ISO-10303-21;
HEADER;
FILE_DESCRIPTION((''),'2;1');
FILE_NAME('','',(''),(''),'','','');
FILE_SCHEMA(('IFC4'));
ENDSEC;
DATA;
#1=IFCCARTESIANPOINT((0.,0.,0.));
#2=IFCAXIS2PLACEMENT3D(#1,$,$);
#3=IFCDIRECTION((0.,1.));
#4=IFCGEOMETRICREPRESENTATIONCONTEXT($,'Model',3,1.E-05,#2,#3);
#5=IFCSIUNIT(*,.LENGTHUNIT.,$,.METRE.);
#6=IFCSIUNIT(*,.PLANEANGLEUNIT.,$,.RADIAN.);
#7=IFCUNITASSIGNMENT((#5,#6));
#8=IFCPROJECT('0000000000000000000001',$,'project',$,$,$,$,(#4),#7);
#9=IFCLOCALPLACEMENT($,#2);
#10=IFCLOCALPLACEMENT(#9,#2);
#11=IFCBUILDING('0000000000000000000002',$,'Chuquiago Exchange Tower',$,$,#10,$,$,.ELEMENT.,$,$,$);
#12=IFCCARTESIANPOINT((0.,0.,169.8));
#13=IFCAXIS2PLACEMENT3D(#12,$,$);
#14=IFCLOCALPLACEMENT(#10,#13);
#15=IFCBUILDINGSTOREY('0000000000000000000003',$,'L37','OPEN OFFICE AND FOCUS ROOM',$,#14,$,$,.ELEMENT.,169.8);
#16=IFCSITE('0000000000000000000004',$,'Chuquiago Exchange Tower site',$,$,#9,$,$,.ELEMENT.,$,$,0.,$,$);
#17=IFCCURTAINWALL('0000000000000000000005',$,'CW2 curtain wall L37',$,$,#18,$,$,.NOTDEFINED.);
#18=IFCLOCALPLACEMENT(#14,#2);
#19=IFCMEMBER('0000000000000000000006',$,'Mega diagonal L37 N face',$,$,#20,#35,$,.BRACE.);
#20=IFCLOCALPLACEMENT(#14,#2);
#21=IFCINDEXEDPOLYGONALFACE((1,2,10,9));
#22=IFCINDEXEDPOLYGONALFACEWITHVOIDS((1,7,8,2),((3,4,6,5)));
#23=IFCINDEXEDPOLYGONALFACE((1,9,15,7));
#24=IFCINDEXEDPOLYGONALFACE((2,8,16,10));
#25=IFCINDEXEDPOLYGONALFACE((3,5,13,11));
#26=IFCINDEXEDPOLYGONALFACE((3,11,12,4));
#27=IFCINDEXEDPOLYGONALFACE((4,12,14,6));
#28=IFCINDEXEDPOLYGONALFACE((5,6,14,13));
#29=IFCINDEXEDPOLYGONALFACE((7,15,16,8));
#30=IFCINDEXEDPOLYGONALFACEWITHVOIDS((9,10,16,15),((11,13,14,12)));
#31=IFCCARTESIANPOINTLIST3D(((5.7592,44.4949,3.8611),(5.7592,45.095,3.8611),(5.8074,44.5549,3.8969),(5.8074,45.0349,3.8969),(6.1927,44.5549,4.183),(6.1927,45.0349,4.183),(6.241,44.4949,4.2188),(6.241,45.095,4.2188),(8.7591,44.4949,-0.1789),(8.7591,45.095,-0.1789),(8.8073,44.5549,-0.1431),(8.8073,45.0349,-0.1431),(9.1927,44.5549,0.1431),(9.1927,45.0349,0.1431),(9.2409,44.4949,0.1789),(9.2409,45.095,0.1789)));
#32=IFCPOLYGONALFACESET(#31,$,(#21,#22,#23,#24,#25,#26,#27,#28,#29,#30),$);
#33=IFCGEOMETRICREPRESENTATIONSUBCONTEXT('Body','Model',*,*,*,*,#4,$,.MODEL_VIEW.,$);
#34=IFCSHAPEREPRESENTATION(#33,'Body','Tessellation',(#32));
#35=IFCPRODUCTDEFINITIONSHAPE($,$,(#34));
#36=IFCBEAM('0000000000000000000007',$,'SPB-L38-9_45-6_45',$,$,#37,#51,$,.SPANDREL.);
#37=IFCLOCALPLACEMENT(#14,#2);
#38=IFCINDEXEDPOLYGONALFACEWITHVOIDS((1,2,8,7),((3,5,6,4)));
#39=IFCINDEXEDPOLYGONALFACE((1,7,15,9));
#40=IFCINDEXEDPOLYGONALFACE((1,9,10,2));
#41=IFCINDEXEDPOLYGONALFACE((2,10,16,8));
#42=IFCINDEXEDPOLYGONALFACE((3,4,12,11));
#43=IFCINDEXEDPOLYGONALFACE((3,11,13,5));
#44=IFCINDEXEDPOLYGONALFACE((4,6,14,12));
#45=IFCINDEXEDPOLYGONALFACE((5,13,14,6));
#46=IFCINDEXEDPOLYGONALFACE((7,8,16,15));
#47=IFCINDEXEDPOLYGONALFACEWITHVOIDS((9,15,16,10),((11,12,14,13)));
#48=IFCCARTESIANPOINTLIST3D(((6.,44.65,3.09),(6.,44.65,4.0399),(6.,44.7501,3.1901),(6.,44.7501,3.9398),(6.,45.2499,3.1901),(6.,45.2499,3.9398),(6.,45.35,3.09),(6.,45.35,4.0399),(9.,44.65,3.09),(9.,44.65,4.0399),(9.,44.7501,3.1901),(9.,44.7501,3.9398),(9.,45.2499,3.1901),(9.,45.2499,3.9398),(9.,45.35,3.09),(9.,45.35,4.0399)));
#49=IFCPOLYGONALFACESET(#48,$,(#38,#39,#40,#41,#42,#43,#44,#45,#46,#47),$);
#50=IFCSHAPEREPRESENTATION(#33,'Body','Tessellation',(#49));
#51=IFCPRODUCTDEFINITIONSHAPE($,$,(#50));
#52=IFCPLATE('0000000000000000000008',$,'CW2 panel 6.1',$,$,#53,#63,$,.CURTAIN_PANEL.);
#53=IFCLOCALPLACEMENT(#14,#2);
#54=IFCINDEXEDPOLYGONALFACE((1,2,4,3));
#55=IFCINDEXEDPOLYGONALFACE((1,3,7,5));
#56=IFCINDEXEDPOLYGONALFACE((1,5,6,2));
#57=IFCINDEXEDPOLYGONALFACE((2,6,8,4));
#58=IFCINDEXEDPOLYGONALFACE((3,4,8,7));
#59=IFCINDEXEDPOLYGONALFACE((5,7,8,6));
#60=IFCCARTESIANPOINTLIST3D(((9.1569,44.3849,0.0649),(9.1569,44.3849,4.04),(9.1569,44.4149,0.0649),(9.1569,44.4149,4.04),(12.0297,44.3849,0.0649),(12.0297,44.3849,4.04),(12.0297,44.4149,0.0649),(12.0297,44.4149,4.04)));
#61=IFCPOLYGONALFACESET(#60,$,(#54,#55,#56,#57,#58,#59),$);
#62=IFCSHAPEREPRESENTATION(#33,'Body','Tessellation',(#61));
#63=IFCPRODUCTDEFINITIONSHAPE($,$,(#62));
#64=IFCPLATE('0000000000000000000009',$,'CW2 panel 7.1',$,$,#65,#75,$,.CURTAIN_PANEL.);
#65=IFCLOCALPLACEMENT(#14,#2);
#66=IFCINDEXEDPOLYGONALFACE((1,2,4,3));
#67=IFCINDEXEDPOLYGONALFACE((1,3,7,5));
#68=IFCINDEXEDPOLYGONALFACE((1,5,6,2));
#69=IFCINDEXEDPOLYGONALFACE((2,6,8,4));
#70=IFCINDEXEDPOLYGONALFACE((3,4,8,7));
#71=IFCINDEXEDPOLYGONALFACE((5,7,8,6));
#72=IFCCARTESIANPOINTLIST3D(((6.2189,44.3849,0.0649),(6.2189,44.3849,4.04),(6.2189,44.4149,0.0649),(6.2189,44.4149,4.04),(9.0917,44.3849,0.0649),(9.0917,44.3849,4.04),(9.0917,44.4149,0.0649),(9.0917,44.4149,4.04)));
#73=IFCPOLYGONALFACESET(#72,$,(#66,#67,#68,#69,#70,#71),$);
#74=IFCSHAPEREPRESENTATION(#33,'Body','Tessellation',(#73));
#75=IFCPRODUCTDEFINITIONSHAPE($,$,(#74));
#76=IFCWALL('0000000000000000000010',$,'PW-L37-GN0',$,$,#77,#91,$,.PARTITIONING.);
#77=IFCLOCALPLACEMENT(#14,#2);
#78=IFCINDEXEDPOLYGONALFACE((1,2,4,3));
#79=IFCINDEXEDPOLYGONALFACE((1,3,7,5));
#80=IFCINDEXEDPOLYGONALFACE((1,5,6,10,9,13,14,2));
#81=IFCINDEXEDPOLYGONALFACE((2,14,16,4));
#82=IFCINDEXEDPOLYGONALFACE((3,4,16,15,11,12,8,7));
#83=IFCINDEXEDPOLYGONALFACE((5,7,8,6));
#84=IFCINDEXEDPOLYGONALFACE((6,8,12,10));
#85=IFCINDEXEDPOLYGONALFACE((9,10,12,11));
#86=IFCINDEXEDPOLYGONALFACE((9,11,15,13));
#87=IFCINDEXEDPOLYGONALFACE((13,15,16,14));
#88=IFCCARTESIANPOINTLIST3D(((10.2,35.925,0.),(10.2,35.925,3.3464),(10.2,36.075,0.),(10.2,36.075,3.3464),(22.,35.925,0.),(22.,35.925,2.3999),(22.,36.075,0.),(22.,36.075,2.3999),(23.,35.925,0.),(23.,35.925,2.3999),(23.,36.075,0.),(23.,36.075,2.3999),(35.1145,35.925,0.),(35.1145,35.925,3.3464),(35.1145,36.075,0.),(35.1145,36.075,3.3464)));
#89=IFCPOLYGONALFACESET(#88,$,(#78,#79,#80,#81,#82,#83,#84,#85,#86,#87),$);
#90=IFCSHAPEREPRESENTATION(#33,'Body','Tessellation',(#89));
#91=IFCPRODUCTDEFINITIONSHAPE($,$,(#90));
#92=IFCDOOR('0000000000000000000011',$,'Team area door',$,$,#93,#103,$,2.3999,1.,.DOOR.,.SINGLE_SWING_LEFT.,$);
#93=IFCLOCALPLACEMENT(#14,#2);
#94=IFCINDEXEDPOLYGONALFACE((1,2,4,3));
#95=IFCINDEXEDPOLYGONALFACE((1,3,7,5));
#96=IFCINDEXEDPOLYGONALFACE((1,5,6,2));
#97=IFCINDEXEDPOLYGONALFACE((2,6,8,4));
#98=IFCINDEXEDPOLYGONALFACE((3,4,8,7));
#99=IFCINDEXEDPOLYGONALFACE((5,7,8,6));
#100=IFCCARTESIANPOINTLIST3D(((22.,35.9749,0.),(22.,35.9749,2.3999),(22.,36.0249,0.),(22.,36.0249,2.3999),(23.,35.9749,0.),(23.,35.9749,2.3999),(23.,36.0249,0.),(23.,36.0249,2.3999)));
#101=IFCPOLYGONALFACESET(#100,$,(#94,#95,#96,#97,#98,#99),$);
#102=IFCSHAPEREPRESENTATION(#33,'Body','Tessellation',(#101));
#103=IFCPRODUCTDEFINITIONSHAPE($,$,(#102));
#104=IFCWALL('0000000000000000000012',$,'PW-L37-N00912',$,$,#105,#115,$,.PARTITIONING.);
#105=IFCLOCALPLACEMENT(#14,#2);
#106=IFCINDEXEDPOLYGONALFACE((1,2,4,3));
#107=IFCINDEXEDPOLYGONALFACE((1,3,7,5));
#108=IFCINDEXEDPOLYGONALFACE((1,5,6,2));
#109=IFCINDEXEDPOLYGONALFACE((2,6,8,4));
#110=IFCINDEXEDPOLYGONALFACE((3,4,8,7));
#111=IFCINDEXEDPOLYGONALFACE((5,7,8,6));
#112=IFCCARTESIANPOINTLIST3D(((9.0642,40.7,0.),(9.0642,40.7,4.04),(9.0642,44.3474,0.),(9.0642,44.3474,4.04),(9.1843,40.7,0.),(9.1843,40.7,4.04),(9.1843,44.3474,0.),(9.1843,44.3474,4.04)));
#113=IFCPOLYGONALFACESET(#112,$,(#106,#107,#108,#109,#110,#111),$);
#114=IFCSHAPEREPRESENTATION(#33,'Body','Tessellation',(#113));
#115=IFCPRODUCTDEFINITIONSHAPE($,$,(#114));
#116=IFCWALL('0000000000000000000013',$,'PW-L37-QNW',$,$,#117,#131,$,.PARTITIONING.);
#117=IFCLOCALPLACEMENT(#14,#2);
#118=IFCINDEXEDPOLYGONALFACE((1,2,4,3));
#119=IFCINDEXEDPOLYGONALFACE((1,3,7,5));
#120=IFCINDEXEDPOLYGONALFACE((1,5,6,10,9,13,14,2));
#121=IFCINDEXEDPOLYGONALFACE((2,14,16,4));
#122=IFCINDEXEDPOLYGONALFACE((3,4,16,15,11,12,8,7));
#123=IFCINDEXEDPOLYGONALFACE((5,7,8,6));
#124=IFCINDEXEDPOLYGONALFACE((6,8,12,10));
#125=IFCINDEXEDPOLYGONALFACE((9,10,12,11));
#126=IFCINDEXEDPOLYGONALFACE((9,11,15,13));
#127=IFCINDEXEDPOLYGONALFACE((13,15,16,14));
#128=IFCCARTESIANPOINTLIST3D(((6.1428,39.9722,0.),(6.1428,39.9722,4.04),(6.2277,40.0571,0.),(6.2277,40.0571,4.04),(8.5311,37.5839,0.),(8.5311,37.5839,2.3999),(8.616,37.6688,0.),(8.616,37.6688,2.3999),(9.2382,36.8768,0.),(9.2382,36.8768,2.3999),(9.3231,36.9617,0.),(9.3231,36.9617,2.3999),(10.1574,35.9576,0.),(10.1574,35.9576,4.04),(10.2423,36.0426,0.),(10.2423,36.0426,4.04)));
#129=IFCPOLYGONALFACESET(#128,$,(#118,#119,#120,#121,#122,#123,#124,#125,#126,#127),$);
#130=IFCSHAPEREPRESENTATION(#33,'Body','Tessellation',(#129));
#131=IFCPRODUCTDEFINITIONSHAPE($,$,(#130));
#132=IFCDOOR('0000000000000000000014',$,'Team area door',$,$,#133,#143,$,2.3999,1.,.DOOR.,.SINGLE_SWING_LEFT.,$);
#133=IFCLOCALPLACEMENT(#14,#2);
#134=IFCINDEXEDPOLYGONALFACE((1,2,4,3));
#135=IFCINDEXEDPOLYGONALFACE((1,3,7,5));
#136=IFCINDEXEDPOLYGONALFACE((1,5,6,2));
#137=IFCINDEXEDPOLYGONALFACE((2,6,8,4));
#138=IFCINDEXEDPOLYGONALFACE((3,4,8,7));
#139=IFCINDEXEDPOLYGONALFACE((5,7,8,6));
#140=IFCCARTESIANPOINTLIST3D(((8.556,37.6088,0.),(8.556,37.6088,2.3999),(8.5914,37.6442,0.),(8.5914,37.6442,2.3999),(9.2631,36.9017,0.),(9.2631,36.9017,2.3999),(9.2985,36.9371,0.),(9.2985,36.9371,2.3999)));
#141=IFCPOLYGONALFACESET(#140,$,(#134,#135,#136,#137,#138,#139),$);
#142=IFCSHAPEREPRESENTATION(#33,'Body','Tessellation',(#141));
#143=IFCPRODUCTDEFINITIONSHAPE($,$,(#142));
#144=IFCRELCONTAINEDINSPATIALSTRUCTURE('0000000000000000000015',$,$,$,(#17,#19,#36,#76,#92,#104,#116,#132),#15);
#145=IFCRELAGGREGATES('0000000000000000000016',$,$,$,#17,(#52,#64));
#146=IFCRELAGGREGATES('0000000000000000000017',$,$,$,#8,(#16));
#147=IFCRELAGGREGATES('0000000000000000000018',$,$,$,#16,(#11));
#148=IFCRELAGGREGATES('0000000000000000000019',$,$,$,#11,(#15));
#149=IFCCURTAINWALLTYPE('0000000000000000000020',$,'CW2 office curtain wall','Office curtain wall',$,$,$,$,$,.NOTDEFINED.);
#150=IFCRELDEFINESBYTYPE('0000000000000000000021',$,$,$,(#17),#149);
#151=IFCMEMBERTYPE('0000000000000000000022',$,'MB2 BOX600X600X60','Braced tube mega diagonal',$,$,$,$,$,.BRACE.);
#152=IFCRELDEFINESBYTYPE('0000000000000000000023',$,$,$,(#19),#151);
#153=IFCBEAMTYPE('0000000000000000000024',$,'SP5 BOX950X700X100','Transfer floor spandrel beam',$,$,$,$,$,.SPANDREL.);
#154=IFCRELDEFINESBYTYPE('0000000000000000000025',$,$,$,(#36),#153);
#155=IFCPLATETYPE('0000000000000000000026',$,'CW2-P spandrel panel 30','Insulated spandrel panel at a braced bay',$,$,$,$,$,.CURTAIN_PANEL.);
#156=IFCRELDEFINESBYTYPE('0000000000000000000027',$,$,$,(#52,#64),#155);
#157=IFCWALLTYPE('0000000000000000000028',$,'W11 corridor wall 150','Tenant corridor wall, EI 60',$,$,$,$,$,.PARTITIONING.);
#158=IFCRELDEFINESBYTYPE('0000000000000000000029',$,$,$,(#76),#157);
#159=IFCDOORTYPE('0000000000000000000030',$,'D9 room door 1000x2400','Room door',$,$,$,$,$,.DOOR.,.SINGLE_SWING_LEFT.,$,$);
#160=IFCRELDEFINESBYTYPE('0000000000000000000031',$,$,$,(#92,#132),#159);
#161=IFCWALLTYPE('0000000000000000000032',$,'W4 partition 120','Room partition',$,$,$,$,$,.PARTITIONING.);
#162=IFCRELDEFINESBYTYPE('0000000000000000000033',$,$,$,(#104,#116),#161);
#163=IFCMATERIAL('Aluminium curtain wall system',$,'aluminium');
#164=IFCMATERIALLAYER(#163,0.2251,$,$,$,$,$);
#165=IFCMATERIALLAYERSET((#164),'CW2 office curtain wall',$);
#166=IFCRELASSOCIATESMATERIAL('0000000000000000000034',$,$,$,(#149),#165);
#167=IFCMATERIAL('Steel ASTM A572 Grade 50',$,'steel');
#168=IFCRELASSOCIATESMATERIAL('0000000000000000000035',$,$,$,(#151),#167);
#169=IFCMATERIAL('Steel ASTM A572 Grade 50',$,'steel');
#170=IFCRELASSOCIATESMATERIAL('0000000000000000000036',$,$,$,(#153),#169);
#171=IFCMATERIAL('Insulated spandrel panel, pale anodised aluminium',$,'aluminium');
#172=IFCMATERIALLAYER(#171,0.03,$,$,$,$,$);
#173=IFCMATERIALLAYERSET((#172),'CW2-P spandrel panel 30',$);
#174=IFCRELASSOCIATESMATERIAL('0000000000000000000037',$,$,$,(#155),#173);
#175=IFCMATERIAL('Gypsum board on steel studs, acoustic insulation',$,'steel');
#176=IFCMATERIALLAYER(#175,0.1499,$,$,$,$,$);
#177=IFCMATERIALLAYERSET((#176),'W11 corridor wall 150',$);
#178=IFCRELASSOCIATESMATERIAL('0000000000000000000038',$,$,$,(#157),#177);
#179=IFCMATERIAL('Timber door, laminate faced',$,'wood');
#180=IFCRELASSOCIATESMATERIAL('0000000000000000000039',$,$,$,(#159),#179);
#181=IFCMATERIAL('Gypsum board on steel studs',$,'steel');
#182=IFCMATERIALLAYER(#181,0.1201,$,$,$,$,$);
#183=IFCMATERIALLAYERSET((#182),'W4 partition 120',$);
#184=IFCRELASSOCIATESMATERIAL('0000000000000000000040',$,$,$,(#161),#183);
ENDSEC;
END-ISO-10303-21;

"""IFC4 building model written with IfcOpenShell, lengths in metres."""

from ifc_helpers import new_model, si_unit, direction, frame, frame_2d, origin, origin_2d, place, context, subcontext, project, spatial, rectangle, hollow_rectangle, extrude, material, layer, layer_set, material_profile, profile_set, type_object, element, fill, aggregate, save


model = new_model("IFC4")

# Units and contexts
model_context = context("Model", 3, precision=1e-05, world=origin(), true_north=direction((0.0, 1.0)))
body_context = subcontext(model_context, "Body", "Model", "MODEL_VIEW")
ifc_project = project(units=[si_unit("LENGTHUNIT", "METRE"), si_unit("PLANEANGLEUNIT", "RADIAN")], contexts=[model_context])

# Site, building, storey
site_placement = place(None, origin())
site = spatial("IfcSite", under=ifc_project, at=site_placement, Name="Chuquiago Exchange Tower site", CompositionType="ELEMENT", RefElevation=0.0)
building_placement = place(site_placement, origin())
building = spatial("IfcBuilding", under=site, at=building_placement, Name="Chuquiago Exchange Tower", CompositionType="ELEMENT")
storey_placement = place(building_placement, frame((0.0, 0.0, 169.8)))
storey = spatial("IfcBuildingStorey", under=building, at=storey_placement, Name="L37", Description="OPEN OFFICE AND FOCUS ROOM", CompositionType="ELEMENT", Elevation=169.8)

# Curtain wall
ifc_material_1 = material(Name="Aluminium curtain wall system", Category="aluminium")
ifc_layer_1 = layer(ifc_material_1, 0.2251)
ifc_layer_set_1 = layer_set([ifc_layer_1], Name="CW2 office curtain wall")
curtain_wall_type = type_object("IfcCurtainWallType", Name="CW2 office curtain wall", Description="Office curtain wall", PredefinedType="NOTDEFINED", material=ifc_layer_set_1)
curtain_wall_placement = place(storey_placement, origin())
curtain_wall = element("IfcCurtainWall", 1, at=curtain_wall_placement, inside=storey, type_object=curtain_wall_type, Name="CW2 curtain wall L37", PredefinedType="NOTDEFINED")

# Member
ifc_material_2 = material(Name="Steel ASTM A572 Grade 50", Category="steel")
ifc_material_profile_1 = material_profile(ifc_material_2, hollow_rectangle(XDim=0.6001, YDim=0.6001, WallThickness=0.0601, at=origin_2d()), Name="BOX600X600X60")
ifc_profile_set_1 = profile_set([ifc_material_profile_1], Name="Steel ASTM A572 Grade 50")
member_type_1 = type_object("IfcMemberType", Name="MB2 BOX600X600X60", Description="Braced tube mega diagonal", PredefinedType="BRACE", material=ifc_profile_set_1)
for number, where, z_axis, x_axis, name in (
    (2, (9.0, 44.7949, 0.0), (-0.596174, 0.0, 0.802855), (0.0, -1.0, 0.0), "Mega diagonal L37 N face"),
):
    element("IfcMember", number, at=place(storey_placement, frame(where, z_axis=z_axis, x_axis=x_axis)), inside=storey, type_object=member_type_1, Name=name, PredefinedType="BRACE", context=body_context, shape_type="SweptSolid", body=[
        extrude(hollow_rectangle(XDim=0.6001, YDim=0.6001, WallThickness=0.0601, at=origin_2d()), origin(), (0.0, 0.0, 1.0), 5.032),
    ])

# Beam
ifc_material_3 = material(Name="Steel ASTM A572 Grade 50", Category="steel")
ifc_material_profile_2 = material_profile(ifc_material_3, hollow_rectangle(XDim=0.7, YDim=0.95, WallThickness=0.1001, at=origin_2d()), Name="BOX950X700X100")
ifc_profile_set_2 = profile_set([ifc_material_profile_2], Name="Steel ASTM A572 Grade 50")
beam_type_1 = type_object("IfcBeamType", Name="SP5 BOX950X700X100", Description="Transfer floor spandrel beam", PredefinedType="SPANDREL", material=ifc_profile_set_2)
beam_1_placement = place(storey_placement, frame((9.0, 45.0, 3.5649), z_axis=(-1.0, 0.0, 0.0), x_axis=(0.0, -1.0, 0.0)))
element("IfcBeam", 3, at=beam_1_placement, inside=storey, type_object=beam_type_1, Name="SPB-L38-9_45-6_45", PredefinedType="SPANDREL", context=body_context, shape_type="SweptSolid", body=[
    extrude(hollow_rectangle(XDim=0.7, YDim=0.95, WallThickness=0.1001, at=origin_2d()), origin(), (0.0, 0.0, 1.0), 3.0),
])

# Plates
ifc_material_4 = material(Name="Insulated spandrel panel, pale anodised aluminium", Category="aluminium")
ifc_layer_2 = layer(ifc_material_4, 0.03)
ifc_layer_set_2 = layer_set([ifc_layer_2], Name="CW2-P spandrel panel 30")
plate_type = type_object("IfcPlateType", Name="CW2-P spandrel panel 30", Description="Insulated spandrel panel at a braced bay", PredefinedType="CURTAIN_PANEL", material=ifc_layer_set_2)
plate_1_placement = place(storey_placement, frame((10.5933, 44.3999, 0.0649), z_axis=(0.0, 0.0, 1.0), x_axis=(-1.0, 0.0, 0.0)))
plate_1 = element("IfcPlate", 4, at=plate_1_placement, type_object=plate_type, Name="CW2 panel 6.1", PredefinedType="CURTAIN_PANEL", context=body_context, shape_type="SweptSolid", body=[
    extrude(rectangle(XDim=2.8728, YDim=0.03, at=origin_2d()), origin(), (0.0, 0.0, 1.0), 3.9751),
])
plate_2_placement = place(storey_placement, frame((7.6553, 44.3999, 0.0649), z_axis=(0.0, 0.0, 1.0), x_axis=(-1.0, 0.0, 0.0)))
plate_2 = element("IfcPlate", 5, at=plate_2_placement, type_object=plate_type, Name="CW2 panel 7.1", PredefinedType="CURTAIN_PANEL", context=body_context, shape_type="SweptSolid", body=[
    extrude(rectangle(XDim=2.8728, YDim=0.03, at=origin_2d()), origin(), (0.0, 0.0, 1.0), 3.9751),
])
aggregate(curtain_wall, [plate_1, plate_2])

# Wall, opening, door
ifc_material_5 = material(Name="Gypsum board on steel studs, acoustic insulation", Category="steel")
ifc_layer_3 = layer(ifc_material_5, 0.1499)
ifc_layer_set_3 = layer_set([ifc_layer_3], Name="W11 corridor wall 150")
wall_type_1 = type_object("IfcWallType", Name="W11 corridor wall 150", Description="Tenant corridor wall, EI 60", PredefinedType="PARTITIONING", material=ifc_layer_set_3)
wall_1_placement = place(storey_placement, frame((10.2, 36.0, 0.0), z_axis=(0.0, 0.0, 1.0), x_axis=(1.0, 0.0, 0.0)))
wall_1 = element("IfcWall", 6, at=wall_1_placement, inside=storey, type_object=wall_type_1, Name="PW-L37-GN0", PredefinedType="PARTITIONING", context=body_context, shape_type="SweptSolid", body=[
    extrude(rectangle(XDim=24.9146, YDim=0.1499, at=frame_2d((12.4573, 0.0))), origin(), (0.0, 0.0, 1.0), 3.3464),
])
opening_1_placement = place(wall_1_placement, frame((11.8, 0.0, 0.0)))
opening_1 = element("IfcOpeningElement", 7, at=opening_1_placement, cuts=wall_1, PredefinedType="OPENING", context=body_context, shape_type="SweptSolid", body=[
    extrude(rectangle(XDim=1.0, YDim=2.3999, at=frame_2d((0.5, 1.2))), frame((0.0, 0.085, 0.0), z_axis=(0.0, -1.0, 0.0), x_axis=(1.0, 0.0, 0.0)), (0.0, 0.0, 1.0), 0.1699),
])
ifc_material_6 = material(Name="Timber door, laminate faced", Category="wood")
door_type_1 = type_object("IfcDoorType", Name="D9 room door 1000x2400", Description="Room door", OperationType="SINGLE_SWING_LEFT", PredefinedType="DOOR", material=ifc_material_6)
door_1_placement = place(opening_1_placement, origin())
door_1 = element("IfcDoor", 8, at=door_1_placement, inside=storey, type_object=door_type_1, Name="Team area door", OperationType="SINGLE_SWING_LEFT", OverallHeight=2.3999, OverallWidth=1.0, PredefinedType="DOOR", context=body_context, shape_type="SweptSolid", body=[
    extrude(rectangle(XDim=1.0, YDim=2.3999, at=frame_2d((0.5, 1.2))), frame((0.0, 0.0249, 0.0), z_axis=(0.0, -1.0, 0.0), x_axis=(1.0, 0.0, 0.0)), (0.0, 0.0, 1.0), 0.05),
])
fill(opening_1, door_1)

# Wall
ifc_material_7 = material(Name="Gypsum board on steel studs", Category="steel")
ifc_layer_4 = layer(ifc_material_7, 0.1201)
ifc_layer_set_4 = layer_set([ifc_layer_4], Name="W4 partition 120")
wall_type_2 = type_object("IfcWallType", Name="W4 partition 120", Description="Room partition", PredefinedType="PARTITIONING", material=ifc_layer_set_4)
wall_2_placement = place(storey_placement, frame((9.1243, 44.3474, 0.0), z_axis=(0.0, 0.0, 1.0), x_axis=(0.0, -1.0, 0.0)))
element("IfcWall", 9, at=wall_2_placement, inside=storey, type_object=wall_type_2, Name="PW-L37-N00912", PredefinedType="PARTITIONING", context=body_context, shape_type="SweptSolid", body=[
    extrude(rectangle(XDim=3.6475, YDim=0.1201, at=frame_2d((1.8237, 0.0))), origin(), (0.0, 0.0, 1.0), 4.04),
])

# Wall, opening, door
wall_3_placement = place(storey_placement, frame((10.2, 36.0, 0.0), z_axis=(0.0, 0.0, 1.0), x_axis=(-0.707107, 0.707107, 0.0)))
wall_3 = element("IfcWall", 10, at=wall_3_placement, inside=storey, type_object=wall_type_2, Name="PW-L37-QNW", PredefinedType="PARTITIONING", context=body_context, shape_type="SweptSolid", body=[
    extrude(rectangle(XDim=5.6775, YDim=0.1201, at=frame_2d((2.8389, 0.0))), origin(), (0.0, 0.0, 1.0), 4.04),
])
opening_2_placement = place(wall_3_placement, frame((1.3, 0.0, 0.0)))
opening_2 = element("IfcOpeningElement", 11, at=opening_2_placement, cuts=wall_3, PredefinedType="OPENING", context=body_context, shape_type="SweptSolid", body=[
    extrude(rectangle(XDim=1.0, YDim=2.3999, at=frame_2d((0.5, 1.2))), frame((0.0, 0.0701, 0.0), z_axis=(0.0, -1.0, 0.0), x_axis=(1.0, 0.0, 0.0)), (0.0, 0.0, 1.0), 0.1401),
])
door_2_placement = place(opening_2_placement, origin())
door_2 = element("IfcDoor", 12, at=door_2_placement, inside=storey, type_object=door_type_1, Name="Team area door", OperationType="SINGLE_SWING_LEFT", OverallHeight=2.3999, OverallWidth=1.0, PredefinedType="DOOR", context=body_context, shape_type="SweptSolid", body=[
    extrude(rectangle(XDim=1.0, YDim=2.3999, at=frame_2d((0.5, 1.2))), frame((0.0, 0.0249, 0.0), z_axis=(0.0, -1.0, 0.0), x_axis=(1.0, 0.0, 0.0)), (0.0, 0.0, 1.0), 0.05),
])
fill(opening_2, door_2)

save(model, "model.ifc")
